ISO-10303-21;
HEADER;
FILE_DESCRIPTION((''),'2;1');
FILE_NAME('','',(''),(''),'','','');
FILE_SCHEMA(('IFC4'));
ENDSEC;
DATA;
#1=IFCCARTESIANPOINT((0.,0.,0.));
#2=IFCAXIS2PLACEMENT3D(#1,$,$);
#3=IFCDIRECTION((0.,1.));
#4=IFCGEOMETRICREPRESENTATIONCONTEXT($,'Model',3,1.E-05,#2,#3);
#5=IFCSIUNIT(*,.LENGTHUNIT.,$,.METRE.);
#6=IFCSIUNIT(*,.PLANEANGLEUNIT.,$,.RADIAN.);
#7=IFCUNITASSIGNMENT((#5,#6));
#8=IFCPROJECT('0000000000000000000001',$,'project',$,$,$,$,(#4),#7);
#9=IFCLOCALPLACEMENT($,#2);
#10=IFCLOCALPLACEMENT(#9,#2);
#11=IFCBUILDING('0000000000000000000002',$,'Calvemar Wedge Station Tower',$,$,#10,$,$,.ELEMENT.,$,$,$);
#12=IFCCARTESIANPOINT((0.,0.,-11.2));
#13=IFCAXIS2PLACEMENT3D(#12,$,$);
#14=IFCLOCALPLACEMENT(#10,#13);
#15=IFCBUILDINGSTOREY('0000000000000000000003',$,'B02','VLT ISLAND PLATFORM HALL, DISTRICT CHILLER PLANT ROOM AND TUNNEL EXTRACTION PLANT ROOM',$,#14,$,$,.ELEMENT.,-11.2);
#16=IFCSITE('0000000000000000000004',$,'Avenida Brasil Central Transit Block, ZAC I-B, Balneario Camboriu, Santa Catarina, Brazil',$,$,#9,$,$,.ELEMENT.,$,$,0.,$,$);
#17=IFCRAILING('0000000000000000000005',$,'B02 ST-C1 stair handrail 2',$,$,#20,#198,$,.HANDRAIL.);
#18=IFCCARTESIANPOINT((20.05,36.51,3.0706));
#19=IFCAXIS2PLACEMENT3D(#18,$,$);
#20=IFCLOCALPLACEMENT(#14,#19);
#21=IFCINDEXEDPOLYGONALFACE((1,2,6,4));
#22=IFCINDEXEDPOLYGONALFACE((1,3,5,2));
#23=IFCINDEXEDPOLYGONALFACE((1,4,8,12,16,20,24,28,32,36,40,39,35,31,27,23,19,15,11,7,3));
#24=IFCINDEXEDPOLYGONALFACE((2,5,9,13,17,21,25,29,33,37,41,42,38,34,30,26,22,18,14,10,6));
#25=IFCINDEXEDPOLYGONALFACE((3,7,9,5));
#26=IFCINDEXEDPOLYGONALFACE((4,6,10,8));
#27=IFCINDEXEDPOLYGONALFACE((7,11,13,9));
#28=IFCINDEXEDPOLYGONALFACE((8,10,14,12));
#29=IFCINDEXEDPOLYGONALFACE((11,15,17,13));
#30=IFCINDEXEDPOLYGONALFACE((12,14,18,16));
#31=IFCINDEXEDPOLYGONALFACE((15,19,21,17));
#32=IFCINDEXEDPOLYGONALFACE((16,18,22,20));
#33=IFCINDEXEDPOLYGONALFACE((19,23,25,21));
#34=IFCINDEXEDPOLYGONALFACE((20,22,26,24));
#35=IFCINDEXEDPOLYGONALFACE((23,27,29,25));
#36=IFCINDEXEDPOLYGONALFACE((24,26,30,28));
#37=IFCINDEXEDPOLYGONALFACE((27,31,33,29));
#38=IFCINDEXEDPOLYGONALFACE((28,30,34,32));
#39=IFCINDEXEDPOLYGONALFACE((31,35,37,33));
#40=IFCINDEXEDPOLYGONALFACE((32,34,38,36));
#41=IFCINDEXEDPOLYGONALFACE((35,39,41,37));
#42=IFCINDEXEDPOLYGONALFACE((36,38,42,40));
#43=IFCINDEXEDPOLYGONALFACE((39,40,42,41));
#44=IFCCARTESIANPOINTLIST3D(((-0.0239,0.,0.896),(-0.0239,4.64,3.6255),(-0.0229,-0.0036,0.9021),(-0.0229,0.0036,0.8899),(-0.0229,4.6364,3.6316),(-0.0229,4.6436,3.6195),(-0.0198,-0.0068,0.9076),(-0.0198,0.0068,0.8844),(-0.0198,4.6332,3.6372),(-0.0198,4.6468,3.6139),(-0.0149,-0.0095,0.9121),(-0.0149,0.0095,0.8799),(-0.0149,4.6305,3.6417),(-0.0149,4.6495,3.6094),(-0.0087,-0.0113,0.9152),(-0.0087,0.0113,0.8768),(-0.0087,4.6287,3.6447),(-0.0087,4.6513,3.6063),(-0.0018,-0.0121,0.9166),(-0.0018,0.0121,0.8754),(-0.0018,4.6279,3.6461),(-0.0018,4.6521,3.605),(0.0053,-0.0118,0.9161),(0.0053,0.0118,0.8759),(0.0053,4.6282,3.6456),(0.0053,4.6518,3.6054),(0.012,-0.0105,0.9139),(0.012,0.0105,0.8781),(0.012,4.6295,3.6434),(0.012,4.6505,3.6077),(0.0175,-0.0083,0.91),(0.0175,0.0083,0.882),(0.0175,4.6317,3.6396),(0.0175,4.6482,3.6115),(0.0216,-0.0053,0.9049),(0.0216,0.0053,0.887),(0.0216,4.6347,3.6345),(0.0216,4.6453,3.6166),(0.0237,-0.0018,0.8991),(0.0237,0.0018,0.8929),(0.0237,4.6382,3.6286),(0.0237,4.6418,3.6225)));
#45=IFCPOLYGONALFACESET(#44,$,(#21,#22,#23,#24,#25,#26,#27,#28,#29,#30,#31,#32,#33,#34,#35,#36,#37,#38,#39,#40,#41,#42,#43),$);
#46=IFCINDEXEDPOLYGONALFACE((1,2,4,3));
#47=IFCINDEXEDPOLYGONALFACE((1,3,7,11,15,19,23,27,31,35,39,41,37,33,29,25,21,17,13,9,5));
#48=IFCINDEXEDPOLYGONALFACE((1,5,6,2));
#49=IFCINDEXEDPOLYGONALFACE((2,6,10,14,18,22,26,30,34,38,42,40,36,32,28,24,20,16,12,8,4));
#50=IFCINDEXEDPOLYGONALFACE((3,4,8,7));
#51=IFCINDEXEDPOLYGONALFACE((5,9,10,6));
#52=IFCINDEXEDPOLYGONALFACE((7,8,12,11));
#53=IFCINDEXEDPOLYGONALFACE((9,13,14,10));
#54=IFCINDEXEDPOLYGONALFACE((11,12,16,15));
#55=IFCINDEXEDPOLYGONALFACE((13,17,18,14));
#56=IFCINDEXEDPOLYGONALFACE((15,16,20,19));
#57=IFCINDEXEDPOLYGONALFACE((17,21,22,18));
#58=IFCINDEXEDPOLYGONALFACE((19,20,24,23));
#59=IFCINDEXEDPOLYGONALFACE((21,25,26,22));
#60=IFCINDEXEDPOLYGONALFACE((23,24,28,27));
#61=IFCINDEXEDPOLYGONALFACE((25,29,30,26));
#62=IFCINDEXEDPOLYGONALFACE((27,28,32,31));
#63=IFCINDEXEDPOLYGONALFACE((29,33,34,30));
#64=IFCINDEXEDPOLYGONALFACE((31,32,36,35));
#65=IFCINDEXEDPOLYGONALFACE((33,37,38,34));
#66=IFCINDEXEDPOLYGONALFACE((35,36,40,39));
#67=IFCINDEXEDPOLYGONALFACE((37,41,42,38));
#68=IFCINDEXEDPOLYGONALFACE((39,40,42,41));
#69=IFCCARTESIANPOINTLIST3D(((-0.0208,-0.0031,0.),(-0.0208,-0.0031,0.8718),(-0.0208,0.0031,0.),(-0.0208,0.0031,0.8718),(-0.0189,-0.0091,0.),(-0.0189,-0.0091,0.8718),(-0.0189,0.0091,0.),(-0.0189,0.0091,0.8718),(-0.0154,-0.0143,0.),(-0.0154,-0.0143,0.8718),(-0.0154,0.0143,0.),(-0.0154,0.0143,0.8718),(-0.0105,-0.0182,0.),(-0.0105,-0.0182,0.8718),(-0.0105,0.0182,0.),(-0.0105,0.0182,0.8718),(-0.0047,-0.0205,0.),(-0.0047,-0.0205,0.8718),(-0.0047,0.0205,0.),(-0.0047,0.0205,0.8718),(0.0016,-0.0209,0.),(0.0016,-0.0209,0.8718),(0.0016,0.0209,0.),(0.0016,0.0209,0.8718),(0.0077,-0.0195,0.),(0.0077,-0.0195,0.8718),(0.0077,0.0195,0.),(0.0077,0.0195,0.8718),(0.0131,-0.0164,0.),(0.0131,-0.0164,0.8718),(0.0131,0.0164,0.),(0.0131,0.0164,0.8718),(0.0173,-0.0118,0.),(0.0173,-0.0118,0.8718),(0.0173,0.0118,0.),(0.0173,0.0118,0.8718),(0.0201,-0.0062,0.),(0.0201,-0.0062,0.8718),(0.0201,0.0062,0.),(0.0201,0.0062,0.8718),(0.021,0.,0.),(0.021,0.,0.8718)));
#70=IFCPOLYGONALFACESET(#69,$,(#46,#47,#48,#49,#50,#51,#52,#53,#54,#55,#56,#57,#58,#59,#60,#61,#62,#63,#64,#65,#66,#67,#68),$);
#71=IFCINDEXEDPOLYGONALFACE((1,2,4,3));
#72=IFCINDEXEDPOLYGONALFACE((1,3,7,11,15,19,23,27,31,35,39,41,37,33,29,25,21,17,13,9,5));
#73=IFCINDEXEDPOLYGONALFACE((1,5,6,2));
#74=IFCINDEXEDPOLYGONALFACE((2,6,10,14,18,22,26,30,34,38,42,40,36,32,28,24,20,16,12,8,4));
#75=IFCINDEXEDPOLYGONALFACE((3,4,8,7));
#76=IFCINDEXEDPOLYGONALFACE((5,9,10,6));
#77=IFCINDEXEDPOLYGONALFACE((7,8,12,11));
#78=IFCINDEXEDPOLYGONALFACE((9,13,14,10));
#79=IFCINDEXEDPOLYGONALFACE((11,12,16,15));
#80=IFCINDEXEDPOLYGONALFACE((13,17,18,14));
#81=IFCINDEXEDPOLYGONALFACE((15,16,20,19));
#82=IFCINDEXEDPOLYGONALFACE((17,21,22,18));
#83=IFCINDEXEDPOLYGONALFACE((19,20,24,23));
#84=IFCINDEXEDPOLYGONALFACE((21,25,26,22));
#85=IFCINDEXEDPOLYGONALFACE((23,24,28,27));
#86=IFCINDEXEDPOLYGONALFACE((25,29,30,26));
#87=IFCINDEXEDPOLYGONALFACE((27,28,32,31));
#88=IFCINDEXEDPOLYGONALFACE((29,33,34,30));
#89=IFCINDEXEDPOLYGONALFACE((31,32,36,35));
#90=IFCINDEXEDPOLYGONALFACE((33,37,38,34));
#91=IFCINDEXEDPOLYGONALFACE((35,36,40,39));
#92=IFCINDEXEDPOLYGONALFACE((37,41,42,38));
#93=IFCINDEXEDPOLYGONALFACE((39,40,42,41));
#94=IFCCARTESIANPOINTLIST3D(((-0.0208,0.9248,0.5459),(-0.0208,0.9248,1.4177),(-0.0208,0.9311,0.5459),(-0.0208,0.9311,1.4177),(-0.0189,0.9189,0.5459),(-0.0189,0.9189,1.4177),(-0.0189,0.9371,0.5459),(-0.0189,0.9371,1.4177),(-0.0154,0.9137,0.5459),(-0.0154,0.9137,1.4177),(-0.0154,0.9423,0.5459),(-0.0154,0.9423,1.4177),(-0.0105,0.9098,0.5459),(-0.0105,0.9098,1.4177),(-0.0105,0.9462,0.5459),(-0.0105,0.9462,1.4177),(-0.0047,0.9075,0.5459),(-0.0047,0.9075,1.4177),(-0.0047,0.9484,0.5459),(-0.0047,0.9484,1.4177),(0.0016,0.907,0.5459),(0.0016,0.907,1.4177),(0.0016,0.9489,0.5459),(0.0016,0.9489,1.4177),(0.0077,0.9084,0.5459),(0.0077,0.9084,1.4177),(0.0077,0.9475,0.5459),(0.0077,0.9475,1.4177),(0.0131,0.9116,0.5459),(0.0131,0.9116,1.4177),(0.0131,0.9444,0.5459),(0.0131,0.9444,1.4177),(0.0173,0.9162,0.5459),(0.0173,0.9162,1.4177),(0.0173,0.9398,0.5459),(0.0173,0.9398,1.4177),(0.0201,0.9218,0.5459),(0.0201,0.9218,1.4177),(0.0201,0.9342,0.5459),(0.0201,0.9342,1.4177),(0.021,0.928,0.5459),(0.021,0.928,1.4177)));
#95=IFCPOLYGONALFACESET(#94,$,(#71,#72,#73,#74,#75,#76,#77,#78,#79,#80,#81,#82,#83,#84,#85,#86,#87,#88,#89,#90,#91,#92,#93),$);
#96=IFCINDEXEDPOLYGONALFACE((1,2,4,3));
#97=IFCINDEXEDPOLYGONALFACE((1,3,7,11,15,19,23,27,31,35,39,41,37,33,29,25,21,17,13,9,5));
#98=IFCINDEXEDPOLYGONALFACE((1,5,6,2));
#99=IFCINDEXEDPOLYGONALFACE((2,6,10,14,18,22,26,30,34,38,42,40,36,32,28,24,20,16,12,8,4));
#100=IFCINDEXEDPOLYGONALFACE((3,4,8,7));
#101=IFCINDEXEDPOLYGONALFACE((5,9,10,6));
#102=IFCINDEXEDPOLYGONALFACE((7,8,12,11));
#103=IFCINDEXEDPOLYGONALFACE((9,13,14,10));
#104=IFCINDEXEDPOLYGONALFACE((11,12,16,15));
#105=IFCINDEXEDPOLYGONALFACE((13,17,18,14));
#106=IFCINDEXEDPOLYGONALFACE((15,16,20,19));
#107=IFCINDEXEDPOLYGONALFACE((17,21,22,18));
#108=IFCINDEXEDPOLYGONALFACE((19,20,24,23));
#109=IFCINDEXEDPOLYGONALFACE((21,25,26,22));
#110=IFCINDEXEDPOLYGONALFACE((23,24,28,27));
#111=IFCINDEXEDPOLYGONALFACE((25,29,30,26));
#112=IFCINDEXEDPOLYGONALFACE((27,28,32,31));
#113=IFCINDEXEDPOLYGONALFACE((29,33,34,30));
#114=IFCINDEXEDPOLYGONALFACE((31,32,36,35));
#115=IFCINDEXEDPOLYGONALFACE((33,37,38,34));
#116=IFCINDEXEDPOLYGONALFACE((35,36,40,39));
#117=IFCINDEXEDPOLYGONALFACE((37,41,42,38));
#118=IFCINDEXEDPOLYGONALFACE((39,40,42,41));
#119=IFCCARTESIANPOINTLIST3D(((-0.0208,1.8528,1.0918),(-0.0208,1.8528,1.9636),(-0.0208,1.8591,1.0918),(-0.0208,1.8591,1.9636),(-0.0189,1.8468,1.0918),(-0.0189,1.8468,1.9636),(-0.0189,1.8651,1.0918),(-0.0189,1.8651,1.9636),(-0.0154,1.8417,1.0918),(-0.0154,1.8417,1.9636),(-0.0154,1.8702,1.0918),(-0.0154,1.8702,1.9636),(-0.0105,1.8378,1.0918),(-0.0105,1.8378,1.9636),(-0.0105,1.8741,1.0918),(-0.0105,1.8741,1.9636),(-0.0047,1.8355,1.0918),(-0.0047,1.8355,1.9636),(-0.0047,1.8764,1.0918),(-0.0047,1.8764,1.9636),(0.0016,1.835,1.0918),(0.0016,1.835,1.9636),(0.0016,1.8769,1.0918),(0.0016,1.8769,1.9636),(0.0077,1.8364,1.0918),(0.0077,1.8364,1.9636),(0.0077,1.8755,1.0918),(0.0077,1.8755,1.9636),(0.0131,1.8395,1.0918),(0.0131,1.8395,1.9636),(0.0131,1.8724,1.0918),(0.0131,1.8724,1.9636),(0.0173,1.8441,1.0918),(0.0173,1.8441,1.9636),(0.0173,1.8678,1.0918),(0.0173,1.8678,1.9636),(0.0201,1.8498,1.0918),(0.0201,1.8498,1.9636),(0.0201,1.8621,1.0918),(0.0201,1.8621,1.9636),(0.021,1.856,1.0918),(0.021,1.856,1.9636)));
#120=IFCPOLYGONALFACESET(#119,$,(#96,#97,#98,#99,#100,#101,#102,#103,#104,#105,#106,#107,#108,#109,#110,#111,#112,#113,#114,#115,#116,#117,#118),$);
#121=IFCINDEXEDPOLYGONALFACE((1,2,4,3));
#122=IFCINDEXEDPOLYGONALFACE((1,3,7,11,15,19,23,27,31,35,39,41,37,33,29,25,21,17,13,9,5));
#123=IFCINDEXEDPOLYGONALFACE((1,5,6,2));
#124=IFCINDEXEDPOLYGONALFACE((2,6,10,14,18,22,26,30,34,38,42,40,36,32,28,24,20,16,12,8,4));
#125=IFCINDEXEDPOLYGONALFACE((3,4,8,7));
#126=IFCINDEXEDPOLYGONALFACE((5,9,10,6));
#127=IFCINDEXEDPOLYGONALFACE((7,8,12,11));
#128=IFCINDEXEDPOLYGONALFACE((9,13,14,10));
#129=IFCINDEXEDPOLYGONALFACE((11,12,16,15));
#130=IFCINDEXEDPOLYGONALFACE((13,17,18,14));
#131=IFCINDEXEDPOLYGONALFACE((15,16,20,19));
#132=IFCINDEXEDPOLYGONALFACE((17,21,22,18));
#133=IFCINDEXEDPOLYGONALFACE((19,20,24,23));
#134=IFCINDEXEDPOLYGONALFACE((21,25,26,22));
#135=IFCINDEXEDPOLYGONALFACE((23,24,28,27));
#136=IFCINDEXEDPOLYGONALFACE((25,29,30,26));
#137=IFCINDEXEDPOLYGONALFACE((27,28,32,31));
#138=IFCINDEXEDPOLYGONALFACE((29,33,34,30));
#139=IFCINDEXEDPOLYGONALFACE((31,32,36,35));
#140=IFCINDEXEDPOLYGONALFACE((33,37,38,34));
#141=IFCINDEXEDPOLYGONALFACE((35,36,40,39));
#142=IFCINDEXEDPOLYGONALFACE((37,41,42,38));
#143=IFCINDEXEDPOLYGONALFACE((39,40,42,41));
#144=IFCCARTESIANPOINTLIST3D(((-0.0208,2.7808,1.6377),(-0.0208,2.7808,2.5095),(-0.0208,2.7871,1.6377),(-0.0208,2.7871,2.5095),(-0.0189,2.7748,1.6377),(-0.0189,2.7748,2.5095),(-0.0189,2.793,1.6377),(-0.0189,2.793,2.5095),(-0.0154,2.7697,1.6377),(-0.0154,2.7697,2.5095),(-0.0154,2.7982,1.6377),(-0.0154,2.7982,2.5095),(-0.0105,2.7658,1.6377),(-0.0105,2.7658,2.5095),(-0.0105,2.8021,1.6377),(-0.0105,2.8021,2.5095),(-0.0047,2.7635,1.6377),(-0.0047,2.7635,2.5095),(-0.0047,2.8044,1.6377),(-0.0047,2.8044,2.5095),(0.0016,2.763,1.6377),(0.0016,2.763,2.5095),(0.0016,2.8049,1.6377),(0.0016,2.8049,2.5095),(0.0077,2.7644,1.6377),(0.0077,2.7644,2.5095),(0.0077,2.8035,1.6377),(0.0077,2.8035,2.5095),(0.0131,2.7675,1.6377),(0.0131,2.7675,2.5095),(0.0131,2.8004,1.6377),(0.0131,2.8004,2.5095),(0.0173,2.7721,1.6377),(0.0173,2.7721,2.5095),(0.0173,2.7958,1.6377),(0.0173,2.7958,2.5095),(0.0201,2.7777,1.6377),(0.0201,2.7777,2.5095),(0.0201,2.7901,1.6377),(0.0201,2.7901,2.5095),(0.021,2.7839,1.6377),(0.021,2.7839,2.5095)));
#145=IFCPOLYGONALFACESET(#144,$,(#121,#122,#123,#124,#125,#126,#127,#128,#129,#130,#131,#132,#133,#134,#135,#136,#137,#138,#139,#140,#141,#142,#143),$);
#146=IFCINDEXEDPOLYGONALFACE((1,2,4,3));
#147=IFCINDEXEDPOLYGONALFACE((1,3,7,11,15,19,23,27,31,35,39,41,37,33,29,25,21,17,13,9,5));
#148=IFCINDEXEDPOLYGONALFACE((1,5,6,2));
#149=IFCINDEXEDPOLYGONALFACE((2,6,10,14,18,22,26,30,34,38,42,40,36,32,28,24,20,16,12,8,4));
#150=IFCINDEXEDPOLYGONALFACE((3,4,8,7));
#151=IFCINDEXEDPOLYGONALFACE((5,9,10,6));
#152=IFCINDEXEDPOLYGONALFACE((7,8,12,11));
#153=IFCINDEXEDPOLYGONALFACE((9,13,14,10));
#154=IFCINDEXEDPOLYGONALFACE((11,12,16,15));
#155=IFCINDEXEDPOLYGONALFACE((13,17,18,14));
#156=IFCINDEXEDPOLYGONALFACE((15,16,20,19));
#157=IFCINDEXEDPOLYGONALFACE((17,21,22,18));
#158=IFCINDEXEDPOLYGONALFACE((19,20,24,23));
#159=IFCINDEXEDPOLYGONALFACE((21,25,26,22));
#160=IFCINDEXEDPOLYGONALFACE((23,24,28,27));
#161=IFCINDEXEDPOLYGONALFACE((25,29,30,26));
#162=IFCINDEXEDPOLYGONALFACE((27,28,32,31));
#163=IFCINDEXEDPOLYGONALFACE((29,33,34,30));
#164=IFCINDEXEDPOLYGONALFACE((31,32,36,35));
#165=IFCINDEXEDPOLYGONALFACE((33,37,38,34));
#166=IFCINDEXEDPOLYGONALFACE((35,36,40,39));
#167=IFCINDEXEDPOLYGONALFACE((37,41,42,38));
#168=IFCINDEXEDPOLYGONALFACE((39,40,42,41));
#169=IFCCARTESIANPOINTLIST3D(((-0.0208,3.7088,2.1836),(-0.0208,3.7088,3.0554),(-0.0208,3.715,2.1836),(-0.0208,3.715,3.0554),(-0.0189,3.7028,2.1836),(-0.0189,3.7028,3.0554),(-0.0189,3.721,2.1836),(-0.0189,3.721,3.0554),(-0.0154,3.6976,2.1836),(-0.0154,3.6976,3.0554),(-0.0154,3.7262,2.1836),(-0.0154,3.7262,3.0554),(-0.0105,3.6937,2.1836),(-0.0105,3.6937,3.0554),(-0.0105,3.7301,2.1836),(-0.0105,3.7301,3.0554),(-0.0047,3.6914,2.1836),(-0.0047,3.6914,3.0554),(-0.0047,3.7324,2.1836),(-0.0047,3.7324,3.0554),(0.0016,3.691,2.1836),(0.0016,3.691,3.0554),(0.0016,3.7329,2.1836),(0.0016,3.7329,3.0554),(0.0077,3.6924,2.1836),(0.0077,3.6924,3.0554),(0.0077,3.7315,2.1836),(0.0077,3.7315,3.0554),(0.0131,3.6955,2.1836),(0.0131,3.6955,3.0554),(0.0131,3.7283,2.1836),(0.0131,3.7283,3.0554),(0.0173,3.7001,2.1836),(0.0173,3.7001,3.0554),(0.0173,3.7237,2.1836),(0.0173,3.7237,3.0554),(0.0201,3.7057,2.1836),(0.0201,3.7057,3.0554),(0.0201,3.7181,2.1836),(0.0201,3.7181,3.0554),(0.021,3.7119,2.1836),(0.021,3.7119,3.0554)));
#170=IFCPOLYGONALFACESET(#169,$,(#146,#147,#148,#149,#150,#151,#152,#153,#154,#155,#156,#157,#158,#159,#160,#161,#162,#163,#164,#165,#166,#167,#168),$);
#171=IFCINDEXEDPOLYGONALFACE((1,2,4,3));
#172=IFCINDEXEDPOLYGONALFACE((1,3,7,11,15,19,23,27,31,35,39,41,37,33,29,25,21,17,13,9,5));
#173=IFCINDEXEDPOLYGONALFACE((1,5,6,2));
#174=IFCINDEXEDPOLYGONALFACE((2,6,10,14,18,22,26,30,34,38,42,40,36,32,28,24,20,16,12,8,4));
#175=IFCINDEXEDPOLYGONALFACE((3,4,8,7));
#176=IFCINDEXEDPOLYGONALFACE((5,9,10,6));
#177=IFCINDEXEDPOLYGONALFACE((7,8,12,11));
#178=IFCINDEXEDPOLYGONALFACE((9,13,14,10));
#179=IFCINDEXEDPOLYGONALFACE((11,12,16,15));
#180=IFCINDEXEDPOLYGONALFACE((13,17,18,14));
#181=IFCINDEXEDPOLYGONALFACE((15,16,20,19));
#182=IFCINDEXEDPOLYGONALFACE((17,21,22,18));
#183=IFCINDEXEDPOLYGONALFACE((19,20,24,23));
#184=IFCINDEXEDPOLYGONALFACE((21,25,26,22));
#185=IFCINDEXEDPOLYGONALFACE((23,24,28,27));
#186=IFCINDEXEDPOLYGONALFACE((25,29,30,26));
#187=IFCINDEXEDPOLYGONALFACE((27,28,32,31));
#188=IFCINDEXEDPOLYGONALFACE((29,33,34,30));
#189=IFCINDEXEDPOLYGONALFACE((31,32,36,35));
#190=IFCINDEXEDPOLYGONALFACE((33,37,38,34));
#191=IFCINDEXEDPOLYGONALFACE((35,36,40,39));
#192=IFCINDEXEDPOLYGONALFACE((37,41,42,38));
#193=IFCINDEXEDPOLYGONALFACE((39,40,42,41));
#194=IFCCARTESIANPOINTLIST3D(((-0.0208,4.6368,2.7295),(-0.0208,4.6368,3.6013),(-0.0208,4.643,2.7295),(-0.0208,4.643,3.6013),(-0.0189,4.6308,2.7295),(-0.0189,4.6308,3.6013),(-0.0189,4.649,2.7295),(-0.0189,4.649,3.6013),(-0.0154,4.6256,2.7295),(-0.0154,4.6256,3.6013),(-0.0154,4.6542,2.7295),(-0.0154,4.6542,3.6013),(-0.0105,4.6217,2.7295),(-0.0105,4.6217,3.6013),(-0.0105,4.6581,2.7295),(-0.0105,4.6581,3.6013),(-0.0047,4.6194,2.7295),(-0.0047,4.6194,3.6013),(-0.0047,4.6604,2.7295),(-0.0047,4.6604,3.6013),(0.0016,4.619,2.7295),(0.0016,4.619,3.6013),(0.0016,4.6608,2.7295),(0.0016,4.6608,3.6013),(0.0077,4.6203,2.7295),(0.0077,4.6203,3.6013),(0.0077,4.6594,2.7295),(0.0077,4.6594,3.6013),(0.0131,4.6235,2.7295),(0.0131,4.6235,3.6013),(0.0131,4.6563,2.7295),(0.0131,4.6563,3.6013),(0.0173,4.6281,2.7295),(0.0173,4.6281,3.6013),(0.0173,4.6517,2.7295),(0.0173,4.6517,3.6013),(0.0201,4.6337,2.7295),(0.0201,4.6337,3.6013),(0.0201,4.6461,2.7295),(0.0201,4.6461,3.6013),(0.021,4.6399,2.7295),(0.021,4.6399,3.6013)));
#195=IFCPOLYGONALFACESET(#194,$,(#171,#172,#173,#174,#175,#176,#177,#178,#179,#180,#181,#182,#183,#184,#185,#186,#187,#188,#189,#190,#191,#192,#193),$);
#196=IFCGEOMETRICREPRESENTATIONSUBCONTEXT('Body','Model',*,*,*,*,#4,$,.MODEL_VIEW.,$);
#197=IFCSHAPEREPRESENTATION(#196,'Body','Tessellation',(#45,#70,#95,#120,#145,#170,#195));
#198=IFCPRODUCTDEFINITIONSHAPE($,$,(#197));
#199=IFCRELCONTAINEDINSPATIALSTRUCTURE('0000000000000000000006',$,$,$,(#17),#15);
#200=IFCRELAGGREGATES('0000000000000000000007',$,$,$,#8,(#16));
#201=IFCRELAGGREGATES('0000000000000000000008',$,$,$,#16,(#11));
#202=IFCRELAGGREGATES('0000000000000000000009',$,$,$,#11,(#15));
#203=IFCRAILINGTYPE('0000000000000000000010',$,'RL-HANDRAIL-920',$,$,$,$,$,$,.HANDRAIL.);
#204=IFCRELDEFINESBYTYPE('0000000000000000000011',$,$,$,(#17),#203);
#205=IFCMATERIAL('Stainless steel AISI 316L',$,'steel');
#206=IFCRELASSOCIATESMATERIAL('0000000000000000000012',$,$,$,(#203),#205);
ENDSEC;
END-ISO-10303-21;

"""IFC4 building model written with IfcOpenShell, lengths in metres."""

from ifc_helpers import new_model, si_unit, direction, frame, origin, origin_2d, place, context, subcontext, project, spatial, circle, extrude, material, type_object, element, save


model = new_model("IFC4")

# Units and contexts
model_context = context("Model", 3, precision=1e-05, world=origin(), true_north=direction((0.0, 1.0)))
body_context = subcontext(model_context, "Body", "Model", "MODEL_VIEW")
ifc_project = project(units=[si_unit("LENGTHUNIT", "METRE"), si_unit("PLANEANGLEUNIT", "RADIAN")], contexts=[model_context])

# Site, building, storey
site_placement = place(None, origin())
site = spatial("IfcSite", under=ifc_project, at=site_placement, Name="Avenida Brasil Central Transit Block, ZAC I-B, Balneario Camboriu, Santa Catarina, Brazil", CompositionType="ELEMENT", RefElevation=0.0)
building_placement = place(site_placement, origin())
building = spatial("IfcBuilding", under=site, at=building_placement, Name="Calvemar Wedge Station Tower", CompositionType="ELEMENT")
storey_placement = place(building_placement, frame((0.0, 0.0, -11.2)))
storey = spatial("IfcBuildingStorey", under=building, at=storey_placement, Name="B02", Description="VLT ISLAND PLATFORM HALL, DISTRICT CHILLER PLANT ROOM AND TUNNEL EXTRACTION PLANT ROOM", CompositionType="ELEMENT", Elevation=-11.2)

# Railing
ifc_material_1 = material(Name="Stainless steel AISI 316L", Category="steel")
railing_type_1 = type_object("IfcRailingType", Name="RL-HANDRAIL-920", PredefinedType="HANDRAIL", material=ifc_material_1)
railing_1_placement = place(storey_placement, frame((20.05, 36.51, 3.0706)))
element("IfcRailing", 1, at=railing_1_placement, inside=storey, type_object=railing_type_1, Name="B02 ST-C1 stair handrail 2", PredefinedType="HANDRAIL", context=body_context, shape_type="SweptSolid", body=[
    extrude(circle(Radius=0.0239, at=origin_2d()), frame((0.0, 0.0, 0.896), z_axis=(0.0, 0.861923, 0.50704), x_axis=(-1.0, 0.0, 0.0)), (0.0, 0.0, 1.0), 5.3833),
    extrude(circle(Radius=0.021, at=origin_2d()), origin(), (0.0, 0.0, 1.0), 0.8718),
    extrude(circle(Radius=0.021, at=origin_2d()), frame((0.0, 0.928, 0.5459)), (0.0, 0.0, 1.0), 0.8718),
    extrude(circle(Radius=0.021, at=origin_2d()), frame((0.0, 1.856, 1.0918)), (0.0, 0.0, 1.0), 0.8718),
    extrude(circle(Radius=0.021, at=origin_2d()), frame((0.0, 2.7839, 1.6377)), (0.0, 0.0, 1.0), 0.8718),
    extrude(circle(Radius=0.021, at=origin_2d()), frame((0.0, 3.7119, 2.1836)), (0.0, 0.0, 1.0), 0.8718),
    extrude(circle(Radius=0.021, at=origin_2d()), frame((0.0, 4.6399, 2.7295)), (0.0, 0.0, 1.0), 0.8718),
])

save(model, "model.ifc")
